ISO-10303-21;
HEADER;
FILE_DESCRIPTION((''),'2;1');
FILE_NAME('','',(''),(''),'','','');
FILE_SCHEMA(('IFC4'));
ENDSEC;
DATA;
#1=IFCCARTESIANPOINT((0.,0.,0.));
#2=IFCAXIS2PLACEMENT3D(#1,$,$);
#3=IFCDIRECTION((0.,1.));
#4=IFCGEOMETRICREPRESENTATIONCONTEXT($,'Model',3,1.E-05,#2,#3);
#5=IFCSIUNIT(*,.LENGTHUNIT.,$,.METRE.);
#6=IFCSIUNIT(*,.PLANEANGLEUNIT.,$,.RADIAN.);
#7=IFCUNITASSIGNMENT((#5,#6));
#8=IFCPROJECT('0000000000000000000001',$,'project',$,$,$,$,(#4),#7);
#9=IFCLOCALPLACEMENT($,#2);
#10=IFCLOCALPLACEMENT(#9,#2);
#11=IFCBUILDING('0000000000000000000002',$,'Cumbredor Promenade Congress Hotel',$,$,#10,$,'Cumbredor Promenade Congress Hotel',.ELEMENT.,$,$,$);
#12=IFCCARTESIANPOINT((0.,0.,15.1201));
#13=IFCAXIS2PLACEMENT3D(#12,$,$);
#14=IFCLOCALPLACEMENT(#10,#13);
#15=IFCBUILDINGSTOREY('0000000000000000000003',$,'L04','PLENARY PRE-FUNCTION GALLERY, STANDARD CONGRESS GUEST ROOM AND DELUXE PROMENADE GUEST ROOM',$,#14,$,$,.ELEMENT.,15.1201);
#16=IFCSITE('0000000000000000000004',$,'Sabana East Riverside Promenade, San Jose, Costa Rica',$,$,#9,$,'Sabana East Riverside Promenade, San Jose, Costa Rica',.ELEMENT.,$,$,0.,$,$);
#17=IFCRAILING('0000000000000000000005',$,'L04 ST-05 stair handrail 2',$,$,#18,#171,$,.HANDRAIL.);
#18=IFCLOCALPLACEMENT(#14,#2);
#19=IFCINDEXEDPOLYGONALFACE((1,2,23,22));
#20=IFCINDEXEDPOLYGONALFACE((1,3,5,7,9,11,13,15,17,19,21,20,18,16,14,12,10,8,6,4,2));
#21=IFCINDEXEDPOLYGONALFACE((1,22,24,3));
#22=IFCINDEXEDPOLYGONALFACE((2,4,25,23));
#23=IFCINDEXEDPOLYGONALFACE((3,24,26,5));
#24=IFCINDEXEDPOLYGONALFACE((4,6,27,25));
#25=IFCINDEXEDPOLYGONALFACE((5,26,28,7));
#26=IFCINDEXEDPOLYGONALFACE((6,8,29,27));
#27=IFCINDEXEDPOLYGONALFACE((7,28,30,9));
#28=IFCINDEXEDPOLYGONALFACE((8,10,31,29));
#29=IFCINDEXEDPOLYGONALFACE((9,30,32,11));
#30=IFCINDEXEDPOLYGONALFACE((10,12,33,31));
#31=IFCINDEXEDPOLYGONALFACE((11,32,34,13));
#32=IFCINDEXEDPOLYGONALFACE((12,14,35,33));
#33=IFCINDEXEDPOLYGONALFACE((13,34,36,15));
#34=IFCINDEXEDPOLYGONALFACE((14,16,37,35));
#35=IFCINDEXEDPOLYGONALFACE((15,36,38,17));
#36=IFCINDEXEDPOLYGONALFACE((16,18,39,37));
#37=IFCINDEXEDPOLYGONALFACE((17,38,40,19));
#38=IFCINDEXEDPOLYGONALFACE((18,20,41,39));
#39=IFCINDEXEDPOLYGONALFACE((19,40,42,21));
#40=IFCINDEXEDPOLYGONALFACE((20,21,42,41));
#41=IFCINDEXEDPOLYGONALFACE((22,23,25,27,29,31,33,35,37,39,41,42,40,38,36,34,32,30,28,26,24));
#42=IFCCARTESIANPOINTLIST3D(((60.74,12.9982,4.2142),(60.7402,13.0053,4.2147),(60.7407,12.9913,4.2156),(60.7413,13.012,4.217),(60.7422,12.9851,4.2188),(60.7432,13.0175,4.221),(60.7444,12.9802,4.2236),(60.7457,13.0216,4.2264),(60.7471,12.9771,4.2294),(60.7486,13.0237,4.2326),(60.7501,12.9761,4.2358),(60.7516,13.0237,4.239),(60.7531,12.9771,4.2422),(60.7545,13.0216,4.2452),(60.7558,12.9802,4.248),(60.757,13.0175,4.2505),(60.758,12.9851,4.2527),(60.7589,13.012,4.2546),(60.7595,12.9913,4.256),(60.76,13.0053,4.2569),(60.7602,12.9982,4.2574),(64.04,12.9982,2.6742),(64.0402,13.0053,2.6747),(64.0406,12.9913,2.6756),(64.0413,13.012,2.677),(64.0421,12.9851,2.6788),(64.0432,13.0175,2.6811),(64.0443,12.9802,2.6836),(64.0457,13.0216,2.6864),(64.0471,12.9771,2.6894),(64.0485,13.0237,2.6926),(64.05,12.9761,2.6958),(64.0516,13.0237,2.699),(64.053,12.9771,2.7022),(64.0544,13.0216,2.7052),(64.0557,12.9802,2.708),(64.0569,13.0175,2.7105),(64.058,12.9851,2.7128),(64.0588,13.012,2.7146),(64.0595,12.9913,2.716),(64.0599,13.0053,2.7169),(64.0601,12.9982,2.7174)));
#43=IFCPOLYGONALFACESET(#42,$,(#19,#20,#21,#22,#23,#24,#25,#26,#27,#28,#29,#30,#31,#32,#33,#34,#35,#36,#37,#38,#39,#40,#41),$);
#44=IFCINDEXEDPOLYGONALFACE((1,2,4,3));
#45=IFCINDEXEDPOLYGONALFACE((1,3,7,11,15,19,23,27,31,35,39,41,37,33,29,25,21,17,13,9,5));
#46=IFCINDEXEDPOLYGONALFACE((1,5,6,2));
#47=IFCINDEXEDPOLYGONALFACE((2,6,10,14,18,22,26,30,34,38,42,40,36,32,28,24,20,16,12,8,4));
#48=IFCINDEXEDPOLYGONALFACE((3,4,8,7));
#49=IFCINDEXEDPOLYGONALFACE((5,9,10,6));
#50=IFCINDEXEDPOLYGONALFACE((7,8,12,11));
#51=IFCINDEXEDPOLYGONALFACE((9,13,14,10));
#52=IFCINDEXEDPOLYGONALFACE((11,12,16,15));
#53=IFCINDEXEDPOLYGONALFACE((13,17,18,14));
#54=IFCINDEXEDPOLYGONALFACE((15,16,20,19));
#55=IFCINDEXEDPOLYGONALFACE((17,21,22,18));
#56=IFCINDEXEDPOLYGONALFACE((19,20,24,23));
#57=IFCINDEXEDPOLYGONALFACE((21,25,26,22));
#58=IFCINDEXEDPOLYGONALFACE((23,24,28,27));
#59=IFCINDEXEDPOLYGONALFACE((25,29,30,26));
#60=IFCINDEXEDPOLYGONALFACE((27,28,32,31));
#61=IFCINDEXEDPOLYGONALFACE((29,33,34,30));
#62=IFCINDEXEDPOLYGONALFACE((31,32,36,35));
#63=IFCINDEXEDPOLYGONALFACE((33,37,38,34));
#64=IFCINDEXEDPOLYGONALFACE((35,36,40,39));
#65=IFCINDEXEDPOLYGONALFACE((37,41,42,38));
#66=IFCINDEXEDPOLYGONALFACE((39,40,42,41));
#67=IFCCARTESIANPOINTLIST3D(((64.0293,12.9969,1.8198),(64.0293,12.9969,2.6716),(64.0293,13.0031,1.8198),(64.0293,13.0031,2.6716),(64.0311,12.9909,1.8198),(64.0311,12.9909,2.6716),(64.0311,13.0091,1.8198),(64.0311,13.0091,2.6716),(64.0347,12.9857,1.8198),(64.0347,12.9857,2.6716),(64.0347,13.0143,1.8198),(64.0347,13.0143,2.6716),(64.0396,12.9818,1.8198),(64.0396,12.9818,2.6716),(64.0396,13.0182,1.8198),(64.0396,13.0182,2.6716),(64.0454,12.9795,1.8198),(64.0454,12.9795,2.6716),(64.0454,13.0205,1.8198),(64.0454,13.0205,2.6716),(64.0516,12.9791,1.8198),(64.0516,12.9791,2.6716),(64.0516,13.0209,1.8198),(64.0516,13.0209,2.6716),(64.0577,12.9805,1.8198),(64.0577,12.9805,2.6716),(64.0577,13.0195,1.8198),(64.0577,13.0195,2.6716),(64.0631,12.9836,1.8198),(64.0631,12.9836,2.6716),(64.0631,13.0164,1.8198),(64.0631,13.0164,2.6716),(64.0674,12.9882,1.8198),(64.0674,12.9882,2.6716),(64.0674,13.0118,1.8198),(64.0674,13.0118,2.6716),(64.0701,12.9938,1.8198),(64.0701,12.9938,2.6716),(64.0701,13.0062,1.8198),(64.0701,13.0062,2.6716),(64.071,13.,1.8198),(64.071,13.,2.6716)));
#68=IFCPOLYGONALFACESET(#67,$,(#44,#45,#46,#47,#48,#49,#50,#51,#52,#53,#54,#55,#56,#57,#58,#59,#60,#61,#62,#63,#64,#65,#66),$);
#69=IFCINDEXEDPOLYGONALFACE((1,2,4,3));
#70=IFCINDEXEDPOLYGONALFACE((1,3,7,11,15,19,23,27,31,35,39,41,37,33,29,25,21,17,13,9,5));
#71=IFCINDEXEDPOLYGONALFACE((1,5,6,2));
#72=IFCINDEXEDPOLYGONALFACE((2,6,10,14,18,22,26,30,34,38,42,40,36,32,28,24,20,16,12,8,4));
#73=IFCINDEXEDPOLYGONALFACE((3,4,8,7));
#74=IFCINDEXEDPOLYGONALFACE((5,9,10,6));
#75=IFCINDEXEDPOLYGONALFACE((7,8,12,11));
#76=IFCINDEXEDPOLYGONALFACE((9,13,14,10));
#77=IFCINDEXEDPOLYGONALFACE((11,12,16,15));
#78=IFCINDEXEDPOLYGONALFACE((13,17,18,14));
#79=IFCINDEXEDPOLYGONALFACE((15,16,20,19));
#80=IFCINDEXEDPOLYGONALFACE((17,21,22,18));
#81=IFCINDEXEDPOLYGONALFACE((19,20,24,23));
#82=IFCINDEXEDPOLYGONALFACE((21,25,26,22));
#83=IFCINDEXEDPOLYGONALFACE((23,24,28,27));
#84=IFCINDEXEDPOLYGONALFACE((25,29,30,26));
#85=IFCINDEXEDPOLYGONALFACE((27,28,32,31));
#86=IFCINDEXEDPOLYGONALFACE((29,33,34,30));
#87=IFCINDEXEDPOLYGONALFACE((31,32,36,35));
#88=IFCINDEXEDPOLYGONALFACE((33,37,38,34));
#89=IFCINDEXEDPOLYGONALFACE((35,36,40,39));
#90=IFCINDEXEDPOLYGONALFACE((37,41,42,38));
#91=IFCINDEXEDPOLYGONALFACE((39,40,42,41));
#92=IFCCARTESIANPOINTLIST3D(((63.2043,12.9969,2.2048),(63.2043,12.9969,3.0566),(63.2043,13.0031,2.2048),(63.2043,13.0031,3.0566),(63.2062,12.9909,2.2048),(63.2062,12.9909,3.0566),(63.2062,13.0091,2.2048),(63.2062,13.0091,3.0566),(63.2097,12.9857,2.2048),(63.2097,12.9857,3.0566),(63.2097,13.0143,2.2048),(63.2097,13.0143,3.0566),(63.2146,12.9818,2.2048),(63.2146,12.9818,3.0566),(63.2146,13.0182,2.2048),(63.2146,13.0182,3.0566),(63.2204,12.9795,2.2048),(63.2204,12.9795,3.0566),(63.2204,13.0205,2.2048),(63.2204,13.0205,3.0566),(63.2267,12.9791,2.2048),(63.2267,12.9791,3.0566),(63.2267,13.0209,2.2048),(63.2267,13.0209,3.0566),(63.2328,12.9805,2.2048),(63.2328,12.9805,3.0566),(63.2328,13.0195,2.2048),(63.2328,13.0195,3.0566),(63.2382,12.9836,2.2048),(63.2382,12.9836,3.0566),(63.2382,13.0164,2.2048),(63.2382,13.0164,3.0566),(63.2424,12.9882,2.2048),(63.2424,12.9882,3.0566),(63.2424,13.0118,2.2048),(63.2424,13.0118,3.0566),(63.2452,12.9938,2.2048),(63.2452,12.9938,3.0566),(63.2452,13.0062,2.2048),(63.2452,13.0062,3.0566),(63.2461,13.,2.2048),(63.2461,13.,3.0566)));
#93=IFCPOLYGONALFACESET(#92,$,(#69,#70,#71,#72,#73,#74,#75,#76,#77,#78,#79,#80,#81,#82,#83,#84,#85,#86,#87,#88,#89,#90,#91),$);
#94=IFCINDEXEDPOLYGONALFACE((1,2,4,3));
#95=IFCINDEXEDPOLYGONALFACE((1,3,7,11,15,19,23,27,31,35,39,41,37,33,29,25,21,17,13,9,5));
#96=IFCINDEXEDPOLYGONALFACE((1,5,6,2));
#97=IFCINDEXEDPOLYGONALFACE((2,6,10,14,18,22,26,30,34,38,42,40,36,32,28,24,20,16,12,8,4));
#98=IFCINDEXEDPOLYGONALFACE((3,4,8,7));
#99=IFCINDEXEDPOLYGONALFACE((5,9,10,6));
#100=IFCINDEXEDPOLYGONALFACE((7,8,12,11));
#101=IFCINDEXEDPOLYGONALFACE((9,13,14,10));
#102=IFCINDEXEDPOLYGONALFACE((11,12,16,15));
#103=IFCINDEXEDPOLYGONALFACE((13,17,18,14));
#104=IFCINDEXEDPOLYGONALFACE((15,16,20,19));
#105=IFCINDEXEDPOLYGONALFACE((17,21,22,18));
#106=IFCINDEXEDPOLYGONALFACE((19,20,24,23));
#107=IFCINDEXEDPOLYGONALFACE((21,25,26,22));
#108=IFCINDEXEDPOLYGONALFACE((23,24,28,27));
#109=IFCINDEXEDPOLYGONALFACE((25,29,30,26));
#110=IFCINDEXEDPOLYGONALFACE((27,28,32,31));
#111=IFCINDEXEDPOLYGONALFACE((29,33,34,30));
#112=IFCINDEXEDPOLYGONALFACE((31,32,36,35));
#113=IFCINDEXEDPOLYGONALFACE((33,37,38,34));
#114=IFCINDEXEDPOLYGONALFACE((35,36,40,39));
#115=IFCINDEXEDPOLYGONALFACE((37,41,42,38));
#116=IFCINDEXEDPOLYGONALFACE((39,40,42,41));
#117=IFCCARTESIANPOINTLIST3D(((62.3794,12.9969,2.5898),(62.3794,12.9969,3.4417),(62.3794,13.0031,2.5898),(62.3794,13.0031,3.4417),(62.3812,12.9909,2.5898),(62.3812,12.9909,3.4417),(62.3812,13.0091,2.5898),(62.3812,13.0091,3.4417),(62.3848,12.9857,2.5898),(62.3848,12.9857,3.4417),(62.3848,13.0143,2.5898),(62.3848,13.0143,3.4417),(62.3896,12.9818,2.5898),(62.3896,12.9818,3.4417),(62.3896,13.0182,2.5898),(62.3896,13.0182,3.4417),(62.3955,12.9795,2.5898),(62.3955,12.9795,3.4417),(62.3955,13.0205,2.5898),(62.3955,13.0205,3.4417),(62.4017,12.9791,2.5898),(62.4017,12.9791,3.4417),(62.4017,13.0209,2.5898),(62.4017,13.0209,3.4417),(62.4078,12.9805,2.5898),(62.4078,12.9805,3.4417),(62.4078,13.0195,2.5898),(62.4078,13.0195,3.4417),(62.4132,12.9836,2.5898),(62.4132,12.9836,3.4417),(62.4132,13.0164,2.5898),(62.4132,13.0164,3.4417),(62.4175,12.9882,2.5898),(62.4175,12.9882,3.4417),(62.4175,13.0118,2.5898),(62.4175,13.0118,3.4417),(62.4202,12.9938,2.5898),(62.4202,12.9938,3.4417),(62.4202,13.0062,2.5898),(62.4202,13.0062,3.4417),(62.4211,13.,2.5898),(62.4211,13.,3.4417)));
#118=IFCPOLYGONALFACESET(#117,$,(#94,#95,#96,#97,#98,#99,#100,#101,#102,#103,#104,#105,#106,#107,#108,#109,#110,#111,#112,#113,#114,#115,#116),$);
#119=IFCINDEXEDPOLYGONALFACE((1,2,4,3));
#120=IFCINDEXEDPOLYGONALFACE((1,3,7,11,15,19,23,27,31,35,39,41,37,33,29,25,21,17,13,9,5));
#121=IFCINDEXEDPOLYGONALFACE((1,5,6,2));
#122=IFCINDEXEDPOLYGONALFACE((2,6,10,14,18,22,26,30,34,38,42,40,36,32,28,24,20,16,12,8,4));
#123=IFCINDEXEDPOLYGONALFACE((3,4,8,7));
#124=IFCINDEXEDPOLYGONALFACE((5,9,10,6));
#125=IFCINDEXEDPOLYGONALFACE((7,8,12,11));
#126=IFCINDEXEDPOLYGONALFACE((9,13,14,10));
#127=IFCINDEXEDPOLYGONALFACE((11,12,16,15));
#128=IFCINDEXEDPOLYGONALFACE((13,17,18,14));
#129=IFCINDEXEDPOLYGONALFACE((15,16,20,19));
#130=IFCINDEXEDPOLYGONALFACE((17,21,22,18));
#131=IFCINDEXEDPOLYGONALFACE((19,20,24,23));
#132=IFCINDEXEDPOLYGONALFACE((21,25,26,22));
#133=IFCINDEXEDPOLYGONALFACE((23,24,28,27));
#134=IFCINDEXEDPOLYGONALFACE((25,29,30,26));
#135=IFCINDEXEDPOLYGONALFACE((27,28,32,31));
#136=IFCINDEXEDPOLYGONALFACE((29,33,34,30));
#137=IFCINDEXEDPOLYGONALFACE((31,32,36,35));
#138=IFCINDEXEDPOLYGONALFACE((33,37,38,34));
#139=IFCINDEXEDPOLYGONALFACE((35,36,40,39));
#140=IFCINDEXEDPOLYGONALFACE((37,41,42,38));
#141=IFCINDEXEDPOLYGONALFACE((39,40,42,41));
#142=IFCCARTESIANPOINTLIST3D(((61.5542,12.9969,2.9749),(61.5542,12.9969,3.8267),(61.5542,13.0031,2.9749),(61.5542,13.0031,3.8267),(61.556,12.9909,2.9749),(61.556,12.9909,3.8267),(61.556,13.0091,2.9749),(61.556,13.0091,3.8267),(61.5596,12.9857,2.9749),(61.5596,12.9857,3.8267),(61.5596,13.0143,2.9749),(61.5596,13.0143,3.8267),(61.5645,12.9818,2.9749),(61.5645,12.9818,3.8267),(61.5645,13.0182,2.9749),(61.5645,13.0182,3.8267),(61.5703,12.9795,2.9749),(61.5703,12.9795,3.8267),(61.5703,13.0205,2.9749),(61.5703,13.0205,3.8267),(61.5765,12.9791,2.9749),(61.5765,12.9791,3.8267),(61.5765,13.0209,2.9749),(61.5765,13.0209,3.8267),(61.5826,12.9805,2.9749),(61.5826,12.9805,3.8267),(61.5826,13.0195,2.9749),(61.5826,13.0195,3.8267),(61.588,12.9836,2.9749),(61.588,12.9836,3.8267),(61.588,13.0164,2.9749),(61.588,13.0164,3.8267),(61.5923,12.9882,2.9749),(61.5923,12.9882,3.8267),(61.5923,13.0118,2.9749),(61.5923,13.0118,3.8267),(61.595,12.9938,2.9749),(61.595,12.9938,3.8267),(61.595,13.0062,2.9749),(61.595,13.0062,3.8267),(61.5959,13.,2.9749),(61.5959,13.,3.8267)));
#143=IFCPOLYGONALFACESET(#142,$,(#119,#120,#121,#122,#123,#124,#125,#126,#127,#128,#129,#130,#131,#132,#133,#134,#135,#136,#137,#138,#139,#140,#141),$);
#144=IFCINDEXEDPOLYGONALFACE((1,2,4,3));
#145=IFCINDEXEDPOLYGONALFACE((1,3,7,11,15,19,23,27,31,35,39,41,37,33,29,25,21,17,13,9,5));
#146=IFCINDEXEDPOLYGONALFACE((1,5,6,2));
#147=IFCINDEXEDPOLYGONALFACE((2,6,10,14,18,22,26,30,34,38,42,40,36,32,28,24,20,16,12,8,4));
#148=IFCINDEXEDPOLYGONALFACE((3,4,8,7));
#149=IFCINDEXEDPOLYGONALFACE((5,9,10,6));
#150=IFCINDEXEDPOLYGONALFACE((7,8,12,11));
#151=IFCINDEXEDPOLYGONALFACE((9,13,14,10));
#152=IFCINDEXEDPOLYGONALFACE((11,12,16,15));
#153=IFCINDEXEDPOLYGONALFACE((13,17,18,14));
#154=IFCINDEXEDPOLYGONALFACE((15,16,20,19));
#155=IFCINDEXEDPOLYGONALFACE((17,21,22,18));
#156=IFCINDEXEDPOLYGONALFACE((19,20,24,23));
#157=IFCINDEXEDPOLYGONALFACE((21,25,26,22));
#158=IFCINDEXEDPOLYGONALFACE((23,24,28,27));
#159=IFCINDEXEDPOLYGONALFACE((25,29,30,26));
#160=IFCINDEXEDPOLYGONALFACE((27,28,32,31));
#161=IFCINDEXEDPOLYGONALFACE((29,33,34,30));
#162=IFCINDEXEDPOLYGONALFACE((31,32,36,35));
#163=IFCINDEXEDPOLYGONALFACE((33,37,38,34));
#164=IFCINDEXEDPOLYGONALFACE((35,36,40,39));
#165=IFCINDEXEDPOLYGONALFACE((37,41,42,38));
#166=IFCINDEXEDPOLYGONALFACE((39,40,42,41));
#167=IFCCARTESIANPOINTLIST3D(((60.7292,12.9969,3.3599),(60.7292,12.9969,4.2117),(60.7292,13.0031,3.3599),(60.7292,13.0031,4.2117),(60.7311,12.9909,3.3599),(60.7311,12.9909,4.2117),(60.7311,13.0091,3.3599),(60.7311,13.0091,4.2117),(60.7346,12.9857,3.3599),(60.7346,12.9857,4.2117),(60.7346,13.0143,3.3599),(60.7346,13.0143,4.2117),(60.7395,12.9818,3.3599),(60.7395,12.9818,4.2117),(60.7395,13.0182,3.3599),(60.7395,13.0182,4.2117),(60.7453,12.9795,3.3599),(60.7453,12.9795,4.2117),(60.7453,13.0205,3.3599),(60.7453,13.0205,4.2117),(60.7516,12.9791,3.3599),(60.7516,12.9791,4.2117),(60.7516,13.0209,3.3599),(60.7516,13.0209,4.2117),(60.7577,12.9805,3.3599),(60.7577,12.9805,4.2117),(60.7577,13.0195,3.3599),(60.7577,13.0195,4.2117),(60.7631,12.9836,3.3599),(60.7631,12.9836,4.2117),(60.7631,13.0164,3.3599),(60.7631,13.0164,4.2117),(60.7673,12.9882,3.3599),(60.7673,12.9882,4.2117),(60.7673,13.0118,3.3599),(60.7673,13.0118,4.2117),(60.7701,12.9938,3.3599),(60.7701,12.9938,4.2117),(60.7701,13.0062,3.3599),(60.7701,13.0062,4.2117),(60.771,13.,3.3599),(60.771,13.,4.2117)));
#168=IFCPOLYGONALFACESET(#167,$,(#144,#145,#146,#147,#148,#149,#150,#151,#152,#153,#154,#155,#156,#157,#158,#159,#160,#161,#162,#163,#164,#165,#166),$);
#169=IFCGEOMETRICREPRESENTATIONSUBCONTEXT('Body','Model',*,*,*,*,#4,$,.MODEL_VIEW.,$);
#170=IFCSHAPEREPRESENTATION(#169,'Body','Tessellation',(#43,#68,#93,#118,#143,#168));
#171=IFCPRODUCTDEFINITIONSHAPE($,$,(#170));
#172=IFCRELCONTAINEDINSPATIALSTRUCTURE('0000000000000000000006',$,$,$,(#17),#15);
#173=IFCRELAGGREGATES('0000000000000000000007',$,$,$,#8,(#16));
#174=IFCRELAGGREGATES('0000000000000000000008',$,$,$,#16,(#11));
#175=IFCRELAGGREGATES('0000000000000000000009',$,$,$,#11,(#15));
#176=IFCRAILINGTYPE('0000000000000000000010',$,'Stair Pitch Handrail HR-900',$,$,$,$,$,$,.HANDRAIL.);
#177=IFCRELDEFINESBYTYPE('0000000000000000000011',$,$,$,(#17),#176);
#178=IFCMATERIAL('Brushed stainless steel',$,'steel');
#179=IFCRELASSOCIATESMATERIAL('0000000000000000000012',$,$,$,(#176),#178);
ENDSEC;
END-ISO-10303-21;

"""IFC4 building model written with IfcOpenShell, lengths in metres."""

from ifc_helpers import new_model, si_unit, direction, frame, origin, origin_2d, place, context, subcontext, project, spatial, circle, extrude, material, type_object, element, save


model = new_model("IFC4")

# Units and contexts
model_context = context("Model", 3, precision=1e-05, world=origin(), true_north=direction((0.0, 1.0)))
body_context = subcontext(model_context, "Body", "Model", "MODEL_VIEW")
ifc_project = project(units=[si_unit("LENGTHUNIT", "METRE"), si_unit("PLANEANGLEUNIT", "RADIAN")], contexts=[model_context])

# Site, building, storey
site_placement = place(None, origin())
site = spatial("IfcSite", under=ifc_project, at=site_placement, Name="Sabana East Riverside Promenade, San Jose, Costa Rica", LongName="Sabana East Riverside Promenade, San Jose, Costa Rica", CompositionType="ELEMENT", RefElevation=0.0)
building_placement = place(site_placement, origin())
building = spatial("IfcBuilding", under=site, at=building_placement, Name="Cumbredor Promenade Congress Hotel", LongName="Cumbredor Promenade Congress Hotel", CompositionType="ELEMENT")
storey_placement = place(building_placement, frame((0.0, 0.0, 15.1201)))
storey = spatial("IfcBuildingStorey", under=building, at=storey_placement, Name="L04", Description="PLENARY PRE-FUNCTION GALLERY, STANDARD CONGRESS GUEST ROOM AND DELUXE PROMENADE GUEST ROOM", CompositionType="ELEMENT", Elevation=15.1201)

# Railing
ifc_material_1 = material(Name="Brushed stainless steel", Category="steel")
railing_type_1 = type_object("IfcRailingType", Name="Stair Pitch Handrail HR-900", PredefinedType="HANDRAIL", material=ifc_material_1)
railing_1_placement = place(storey_placement, frame((64.05, 13.0, 1.8198)))
element("IfcRailing", 1, at=railing_1_placement, inside=storey, type_object=railing_type_1, Name="L04 ST-05 stair handrail 2", PredefinedType="HANDRAIL", context=body_context, shape_type="SweptSolid", body=[
    extrude(circle(Radius=0.0239, at=origin_2d()), frame((0.0, 0.0, 0.876), z_axis=(-0.906181, 0.0, 0.422889), x_axis=(0.0, -1.0, 0.0)), (0.0, 0.0, 1.0), 3.6416),
    extrude(circle(Radius=0.021, at=origin_2d()), origin(), (0.0, 0.0, 1.0), 0.8518),
    extrude(circle(Radius=0.021, at=origin_2d()), frame((-0.825, 0.0, 0.385)), (0.0, 0.0, 1.0), 0.8518),
    extrude(circle(Radius=0.021, at=origin_2d()), frame((-1.6499, 0.0, 0.77)), (0.0, 0.0, 1.0), 0.8518),
    extrude(circle(Radius=0.021, at=origin_2d()), frame((-2.4751, 0.0, 1.155)), (0.0, 0.0, 1.0), 0.8518),
    extrude(circle(Radius=0.021, at=origin_2d()), frame((-3.3, 0.0, 1.54)), (0.0, 0.0, 1.0), 0.8518),
])

save(model, "model.ifc")
